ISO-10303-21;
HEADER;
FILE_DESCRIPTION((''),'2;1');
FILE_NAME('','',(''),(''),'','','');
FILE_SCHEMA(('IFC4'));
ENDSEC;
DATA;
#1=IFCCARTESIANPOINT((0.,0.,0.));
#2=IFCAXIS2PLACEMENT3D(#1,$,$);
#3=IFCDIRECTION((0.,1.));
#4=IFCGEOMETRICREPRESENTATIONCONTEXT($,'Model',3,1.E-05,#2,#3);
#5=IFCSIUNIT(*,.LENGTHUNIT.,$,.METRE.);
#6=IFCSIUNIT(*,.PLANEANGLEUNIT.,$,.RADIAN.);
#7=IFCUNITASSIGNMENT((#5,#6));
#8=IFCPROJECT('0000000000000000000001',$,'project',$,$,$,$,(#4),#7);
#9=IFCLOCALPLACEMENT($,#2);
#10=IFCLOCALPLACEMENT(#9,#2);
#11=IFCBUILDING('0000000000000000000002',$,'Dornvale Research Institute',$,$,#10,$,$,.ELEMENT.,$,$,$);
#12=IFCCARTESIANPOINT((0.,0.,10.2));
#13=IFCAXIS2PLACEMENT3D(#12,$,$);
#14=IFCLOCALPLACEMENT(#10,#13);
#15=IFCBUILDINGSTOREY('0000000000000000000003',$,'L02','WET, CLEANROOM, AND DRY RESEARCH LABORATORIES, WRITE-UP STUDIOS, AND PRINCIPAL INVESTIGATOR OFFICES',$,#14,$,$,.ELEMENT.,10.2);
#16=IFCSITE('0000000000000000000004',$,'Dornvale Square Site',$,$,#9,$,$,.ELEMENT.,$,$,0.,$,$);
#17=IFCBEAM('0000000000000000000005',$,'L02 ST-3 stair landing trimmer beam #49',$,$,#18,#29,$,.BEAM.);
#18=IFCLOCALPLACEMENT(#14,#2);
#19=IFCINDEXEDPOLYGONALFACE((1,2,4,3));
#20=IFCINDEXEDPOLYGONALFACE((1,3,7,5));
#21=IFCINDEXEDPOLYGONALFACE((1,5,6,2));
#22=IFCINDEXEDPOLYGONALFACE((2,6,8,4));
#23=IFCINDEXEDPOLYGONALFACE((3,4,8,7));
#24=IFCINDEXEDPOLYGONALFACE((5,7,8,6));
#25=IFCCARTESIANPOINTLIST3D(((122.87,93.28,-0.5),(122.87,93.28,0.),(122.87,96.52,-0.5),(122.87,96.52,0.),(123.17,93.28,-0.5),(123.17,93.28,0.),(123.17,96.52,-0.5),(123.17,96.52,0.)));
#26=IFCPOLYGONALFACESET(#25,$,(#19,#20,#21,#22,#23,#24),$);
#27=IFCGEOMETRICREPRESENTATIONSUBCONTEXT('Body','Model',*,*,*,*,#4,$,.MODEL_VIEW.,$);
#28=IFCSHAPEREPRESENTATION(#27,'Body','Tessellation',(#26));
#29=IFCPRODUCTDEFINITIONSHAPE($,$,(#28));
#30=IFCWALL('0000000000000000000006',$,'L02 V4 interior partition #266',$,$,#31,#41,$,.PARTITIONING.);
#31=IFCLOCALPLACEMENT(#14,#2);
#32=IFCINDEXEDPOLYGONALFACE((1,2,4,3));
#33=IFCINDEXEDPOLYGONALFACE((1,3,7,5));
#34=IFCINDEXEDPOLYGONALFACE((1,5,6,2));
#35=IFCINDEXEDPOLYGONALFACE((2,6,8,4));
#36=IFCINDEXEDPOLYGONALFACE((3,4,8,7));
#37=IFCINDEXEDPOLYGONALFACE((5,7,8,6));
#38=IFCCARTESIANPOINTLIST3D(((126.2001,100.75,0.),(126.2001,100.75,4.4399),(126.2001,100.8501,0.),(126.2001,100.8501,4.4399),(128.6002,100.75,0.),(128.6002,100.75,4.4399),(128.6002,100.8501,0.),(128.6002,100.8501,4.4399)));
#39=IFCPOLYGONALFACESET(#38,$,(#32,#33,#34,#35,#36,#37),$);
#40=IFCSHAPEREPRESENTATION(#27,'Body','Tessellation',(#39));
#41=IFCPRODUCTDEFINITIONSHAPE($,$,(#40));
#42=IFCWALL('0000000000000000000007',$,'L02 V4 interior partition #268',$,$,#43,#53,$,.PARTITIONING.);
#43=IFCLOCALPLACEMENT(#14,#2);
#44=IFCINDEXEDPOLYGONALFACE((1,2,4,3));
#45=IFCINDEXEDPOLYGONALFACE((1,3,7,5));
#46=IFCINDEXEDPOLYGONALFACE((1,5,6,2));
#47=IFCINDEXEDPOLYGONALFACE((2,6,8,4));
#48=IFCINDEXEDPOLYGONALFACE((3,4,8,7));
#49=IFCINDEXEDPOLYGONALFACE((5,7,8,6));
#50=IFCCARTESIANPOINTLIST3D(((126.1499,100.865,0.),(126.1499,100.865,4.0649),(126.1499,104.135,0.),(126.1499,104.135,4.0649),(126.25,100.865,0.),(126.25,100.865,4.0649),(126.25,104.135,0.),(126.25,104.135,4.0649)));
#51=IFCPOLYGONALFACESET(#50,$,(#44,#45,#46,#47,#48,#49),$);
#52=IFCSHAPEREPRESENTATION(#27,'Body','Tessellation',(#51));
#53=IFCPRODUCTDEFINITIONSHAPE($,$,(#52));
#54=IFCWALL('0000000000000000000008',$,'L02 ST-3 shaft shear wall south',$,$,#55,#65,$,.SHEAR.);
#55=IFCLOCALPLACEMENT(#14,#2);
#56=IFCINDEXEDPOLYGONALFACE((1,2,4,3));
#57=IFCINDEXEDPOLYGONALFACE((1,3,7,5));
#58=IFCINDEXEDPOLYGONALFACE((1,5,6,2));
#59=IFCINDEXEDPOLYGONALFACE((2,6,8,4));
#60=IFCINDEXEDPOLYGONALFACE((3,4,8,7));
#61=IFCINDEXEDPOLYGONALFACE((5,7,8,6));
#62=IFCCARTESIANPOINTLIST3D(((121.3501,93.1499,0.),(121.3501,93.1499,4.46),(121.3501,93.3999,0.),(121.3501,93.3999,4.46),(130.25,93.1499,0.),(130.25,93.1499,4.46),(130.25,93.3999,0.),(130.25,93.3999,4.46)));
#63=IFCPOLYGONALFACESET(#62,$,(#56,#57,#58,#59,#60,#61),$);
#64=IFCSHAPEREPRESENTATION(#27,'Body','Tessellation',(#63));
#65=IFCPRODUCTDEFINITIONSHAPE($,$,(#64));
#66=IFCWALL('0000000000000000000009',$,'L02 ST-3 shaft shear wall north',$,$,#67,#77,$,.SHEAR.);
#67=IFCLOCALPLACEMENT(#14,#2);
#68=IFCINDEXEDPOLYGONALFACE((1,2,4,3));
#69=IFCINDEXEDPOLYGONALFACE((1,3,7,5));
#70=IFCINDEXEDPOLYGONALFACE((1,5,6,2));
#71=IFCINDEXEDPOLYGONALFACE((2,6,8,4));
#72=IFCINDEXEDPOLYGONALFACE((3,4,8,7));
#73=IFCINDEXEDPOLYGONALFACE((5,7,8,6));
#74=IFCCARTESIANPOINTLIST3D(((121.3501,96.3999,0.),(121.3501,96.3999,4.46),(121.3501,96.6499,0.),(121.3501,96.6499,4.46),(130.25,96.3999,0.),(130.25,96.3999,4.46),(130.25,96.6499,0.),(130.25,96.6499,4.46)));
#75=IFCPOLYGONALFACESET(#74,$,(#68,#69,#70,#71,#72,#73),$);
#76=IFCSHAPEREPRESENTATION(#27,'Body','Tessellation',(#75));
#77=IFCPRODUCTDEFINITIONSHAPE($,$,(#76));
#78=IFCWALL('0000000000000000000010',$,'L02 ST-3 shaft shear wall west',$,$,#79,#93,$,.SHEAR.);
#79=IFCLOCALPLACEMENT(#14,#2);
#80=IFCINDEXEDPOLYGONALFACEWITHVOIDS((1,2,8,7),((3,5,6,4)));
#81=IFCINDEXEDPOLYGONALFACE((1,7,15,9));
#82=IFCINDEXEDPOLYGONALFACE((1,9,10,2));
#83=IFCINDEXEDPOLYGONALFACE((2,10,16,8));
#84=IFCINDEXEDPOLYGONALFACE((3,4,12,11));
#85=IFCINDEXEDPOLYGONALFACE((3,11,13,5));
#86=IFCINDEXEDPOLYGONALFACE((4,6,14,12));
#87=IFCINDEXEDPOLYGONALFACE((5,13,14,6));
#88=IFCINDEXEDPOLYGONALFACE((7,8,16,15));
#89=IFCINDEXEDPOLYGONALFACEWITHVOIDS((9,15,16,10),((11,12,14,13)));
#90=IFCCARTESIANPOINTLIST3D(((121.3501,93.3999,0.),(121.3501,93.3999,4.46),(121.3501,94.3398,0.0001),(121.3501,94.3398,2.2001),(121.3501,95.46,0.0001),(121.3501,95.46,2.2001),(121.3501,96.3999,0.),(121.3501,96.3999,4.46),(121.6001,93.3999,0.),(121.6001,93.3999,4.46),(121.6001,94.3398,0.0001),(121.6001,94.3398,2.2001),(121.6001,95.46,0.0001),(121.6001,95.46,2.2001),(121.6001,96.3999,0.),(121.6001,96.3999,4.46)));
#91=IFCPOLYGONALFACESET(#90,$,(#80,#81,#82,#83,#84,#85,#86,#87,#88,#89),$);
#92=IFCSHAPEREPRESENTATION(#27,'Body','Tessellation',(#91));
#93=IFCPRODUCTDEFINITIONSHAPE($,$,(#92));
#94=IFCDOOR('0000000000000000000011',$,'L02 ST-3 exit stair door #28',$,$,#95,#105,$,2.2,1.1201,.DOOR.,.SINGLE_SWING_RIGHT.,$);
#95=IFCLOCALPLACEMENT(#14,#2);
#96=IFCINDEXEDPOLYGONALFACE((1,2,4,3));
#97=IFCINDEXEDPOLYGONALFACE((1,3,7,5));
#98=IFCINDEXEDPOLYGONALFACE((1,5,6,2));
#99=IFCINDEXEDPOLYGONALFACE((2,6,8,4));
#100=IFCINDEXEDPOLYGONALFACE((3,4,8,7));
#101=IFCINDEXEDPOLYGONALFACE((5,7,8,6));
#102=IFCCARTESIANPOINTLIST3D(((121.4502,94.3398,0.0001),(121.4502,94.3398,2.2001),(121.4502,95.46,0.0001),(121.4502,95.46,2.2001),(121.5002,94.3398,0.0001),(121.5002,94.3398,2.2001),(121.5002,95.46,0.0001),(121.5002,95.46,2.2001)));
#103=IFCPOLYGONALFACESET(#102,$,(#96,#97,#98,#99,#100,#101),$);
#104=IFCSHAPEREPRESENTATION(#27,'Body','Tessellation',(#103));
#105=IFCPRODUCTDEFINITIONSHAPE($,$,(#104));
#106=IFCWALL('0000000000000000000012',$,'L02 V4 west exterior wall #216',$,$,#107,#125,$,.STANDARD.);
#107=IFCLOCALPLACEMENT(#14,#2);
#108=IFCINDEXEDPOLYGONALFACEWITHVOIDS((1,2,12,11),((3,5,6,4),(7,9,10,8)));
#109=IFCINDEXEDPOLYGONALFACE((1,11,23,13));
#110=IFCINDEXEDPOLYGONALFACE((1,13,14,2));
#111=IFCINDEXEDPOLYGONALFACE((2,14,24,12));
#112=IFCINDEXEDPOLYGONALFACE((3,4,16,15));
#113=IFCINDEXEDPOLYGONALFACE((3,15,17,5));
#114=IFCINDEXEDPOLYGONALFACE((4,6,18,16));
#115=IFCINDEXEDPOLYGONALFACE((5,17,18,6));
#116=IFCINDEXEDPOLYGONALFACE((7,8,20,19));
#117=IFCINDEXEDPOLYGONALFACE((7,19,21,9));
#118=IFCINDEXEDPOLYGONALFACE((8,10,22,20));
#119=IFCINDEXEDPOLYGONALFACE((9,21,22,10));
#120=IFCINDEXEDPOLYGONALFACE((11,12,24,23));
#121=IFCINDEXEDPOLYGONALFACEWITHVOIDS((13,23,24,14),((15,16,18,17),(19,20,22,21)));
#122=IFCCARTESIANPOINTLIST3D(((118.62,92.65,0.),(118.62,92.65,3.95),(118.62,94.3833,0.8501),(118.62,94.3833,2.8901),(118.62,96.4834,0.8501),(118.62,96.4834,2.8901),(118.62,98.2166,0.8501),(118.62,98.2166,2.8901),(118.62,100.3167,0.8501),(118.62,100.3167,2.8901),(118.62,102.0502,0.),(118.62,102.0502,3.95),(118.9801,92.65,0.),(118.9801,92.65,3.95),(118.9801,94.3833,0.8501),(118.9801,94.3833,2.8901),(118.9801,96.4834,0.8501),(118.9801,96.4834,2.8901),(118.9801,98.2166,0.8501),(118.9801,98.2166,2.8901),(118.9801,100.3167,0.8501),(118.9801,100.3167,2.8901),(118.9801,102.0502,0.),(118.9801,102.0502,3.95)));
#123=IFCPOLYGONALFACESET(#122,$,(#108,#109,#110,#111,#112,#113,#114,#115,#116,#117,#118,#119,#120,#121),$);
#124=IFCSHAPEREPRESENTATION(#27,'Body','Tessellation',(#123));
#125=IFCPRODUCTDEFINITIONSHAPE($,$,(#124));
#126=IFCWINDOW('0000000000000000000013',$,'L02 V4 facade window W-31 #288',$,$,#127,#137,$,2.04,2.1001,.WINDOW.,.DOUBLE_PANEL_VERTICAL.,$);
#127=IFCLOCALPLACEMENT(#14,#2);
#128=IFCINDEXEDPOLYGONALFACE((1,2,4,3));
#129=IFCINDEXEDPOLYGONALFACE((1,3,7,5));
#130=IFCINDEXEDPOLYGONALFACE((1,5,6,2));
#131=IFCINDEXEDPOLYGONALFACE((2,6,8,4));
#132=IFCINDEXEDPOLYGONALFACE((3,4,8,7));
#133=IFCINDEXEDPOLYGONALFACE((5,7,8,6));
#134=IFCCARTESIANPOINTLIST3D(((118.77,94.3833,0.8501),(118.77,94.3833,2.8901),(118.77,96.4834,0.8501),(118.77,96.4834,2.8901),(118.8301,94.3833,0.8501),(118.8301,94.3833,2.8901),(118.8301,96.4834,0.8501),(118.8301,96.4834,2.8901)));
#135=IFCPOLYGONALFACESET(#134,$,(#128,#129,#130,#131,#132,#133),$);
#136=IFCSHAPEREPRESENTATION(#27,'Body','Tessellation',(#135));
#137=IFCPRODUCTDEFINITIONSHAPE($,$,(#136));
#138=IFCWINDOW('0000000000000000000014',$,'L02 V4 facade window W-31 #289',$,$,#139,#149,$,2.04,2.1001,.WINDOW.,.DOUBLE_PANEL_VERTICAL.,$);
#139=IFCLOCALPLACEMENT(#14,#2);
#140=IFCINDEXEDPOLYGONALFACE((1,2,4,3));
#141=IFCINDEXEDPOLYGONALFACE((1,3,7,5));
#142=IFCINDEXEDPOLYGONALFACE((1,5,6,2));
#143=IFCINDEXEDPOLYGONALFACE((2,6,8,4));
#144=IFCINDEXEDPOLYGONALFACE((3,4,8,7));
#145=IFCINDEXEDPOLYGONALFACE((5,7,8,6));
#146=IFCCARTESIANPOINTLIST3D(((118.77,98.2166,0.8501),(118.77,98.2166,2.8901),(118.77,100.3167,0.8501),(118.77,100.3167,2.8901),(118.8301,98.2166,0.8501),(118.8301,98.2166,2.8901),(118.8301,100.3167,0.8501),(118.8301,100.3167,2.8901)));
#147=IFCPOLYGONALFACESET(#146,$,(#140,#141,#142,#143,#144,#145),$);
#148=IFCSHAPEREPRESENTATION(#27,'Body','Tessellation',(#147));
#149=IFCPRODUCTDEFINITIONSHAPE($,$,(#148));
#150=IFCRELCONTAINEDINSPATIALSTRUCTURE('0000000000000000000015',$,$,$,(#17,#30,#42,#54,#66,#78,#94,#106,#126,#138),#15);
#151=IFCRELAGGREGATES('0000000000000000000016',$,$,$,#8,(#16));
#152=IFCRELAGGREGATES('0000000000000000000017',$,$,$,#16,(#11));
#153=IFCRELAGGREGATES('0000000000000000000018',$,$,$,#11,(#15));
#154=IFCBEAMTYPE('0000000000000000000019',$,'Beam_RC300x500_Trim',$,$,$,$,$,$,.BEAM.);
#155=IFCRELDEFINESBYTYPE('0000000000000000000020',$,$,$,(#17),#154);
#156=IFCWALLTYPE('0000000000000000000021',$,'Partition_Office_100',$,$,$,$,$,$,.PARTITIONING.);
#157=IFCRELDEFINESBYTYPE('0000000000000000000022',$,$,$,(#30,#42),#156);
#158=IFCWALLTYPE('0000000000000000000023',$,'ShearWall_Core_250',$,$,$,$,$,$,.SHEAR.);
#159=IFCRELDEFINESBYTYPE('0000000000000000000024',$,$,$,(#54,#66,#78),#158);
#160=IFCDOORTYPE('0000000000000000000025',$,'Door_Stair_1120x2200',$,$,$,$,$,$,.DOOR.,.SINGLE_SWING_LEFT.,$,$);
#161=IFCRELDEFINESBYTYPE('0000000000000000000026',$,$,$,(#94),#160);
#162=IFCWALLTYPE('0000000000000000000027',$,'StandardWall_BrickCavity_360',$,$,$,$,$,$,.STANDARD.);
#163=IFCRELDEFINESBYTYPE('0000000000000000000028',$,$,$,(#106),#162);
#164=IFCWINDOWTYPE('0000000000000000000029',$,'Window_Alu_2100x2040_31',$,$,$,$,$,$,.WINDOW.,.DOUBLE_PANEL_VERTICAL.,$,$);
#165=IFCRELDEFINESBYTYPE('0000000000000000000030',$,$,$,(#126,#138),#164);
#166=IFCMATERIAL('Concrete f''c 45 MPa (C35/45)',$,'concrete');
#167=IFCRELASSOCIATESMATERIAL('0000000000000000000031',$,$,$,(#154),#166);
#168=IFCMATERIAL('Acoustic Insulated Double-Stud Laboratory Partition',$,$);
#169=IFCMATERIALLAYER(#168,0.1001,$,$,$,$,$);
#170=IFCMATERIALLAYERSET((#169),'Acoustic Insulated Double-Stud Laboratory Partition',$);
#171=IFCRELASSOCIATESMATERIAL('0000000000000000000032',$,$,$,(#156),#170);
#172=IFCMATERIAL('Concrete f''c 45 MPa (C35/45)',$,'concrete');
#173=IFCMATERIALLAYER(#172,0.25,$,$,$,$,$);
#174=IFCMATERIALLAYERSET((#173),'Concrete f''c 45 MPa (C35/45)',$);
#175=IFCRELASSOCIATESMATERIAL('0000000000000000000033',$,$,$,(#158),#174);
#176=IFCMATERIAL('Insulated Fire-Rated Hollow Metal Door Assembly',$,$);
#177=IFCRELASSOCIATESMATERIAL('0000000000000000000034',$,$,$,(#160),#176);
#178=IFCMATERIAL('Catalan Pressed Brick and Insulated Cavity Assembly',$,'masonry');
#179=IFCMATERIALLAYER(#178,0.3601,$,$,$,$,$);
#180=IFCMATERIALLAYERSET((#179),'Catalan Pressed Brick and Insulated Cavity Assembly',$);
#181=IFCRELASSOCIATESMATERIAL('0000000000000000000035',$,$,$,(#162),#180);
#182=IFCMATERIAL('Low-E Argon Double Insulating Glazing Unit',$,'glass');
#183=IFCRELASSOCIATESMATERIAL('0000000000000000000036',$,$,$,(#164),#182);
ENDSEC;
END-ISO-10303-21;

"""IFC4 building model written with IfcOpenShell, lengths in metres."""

from ifc_helpers import new_model, si_unit, direction, frame, frame_2d, origin, origin_2d, place, context, subcontext, project, spatial, rectangle, extrude, material, layer, layer_set, material_profile, profile_set, type_object, element, fill, save


model = new_model("IFC4")

# Units and contexts
model_context = context("Model", 3, precision=1e-05, world=origin(), true_north=direction((0.0, 1.0)))
body_context = subcontext(model_context, "Body", "Model", "MODEL_VIEW")
ifc_project = project(units=[si_unit("LENGTHUNIT", "METRE"), si_unit("PLANEANGLEUNIT", "RADIAN")], contexts=[model_context])

# Site, building, storey
site_placement = place(None, origin())
site = spatial("IfcSite", under=ifc_project, at=site_placement, Name="Dornvale Square Site", CompositionType="ELEMENT", RefElevation=0.0)
building_placement = place(site_placement, origin())
building = spatial("IfcBuilding", under=site, at=building_placement, Name="Dornvale Research Institute", CompositionType="ELEMENT")
storey_placement = place(building_placement, frame((0.0, 0.0, 10.2)))
storey = spatial("IfcBuildingStorey", under=building, at=storey_placement, Name="L02", Description="WET, CLEANROOM, AND DRY RESEARCH LABORATORIES, WRITE-UP STUDIOS, AND PRINCIPAL INVESTIGATOR OFFICES", CompositionType="ELEMENT", Elevation=10.2)

# Beam
ifc_material_1 = material(Name="Concrete f'c 45 MPa (C35/45)", Category="concrete")
ifc_material_profile = material_profile(ifc_material_1, rectangle(XDim=0.3, YDim=0.5, at=origin_2d()), Name="RC 300x500")
ifc_profile_set = profile_set([ifc_material_profile], Name="Concrete f'c 45 MPa (C35/45)")
beam_type = type_object("IfcBeamType", Name="Beam_RC300x500_Trim", PredefinedType="BEAM", material=ifc_profile_set)
beam_placement = place(storey_placement, frame((123.02, 93.28, -0.25), z_axis=(0.0, 1.0, 0.0), x_axis=(-1.0, 0.0, 0.0)))
element("IfcBeam", 1, at=beam_placement, inside=storey, type_object=beam_type, Name="L02 ST-3 stair landing trimmer beam #49", PredefinedType="BEAM", context=body_context, shape_type="SweptSolid", body=[
    extrude(rectangle(XDim=0.3, YDim=0.5, at=origin_2d()), origin(), (0.0, 0.0, 1.0), 3.24),
])

# Walls
ifc_material_2 = material(Name="Acoustic Insulated Double-Stud Laboratory Partition")
ifc_layer_1 = layer(ifc_material_2, 0.1001)
ifc_layer_set_1 = layer_set([ifc_layer_1], Name="Acoustic Insulated Double-Stud Laboratory Partition")
wall_type_1 = type_object("IfcWallType", Name="Partition_Office_100", PredefinedType="PARTITIONING", material=ifc_layer_set_1)
wall_1_placement = place(storey_placement, frame((126.2, 100.8, 0.0), z_axis=(0.0, 0.0, 1.0), x_axis=(1.0, 0.0, 0.0)))
element("IfcWall", 2, at=wall_1_placement, inside=storey, type_object=wall_type_1, Name="L02 V4 interior partition #266", PredefinedType="PARTITIONING", context=body_context, shape_type="SweptSolid", body=[
    extrude(rectangle(XDim=2.4001, YDim=0.1001, at=frame_2d((1.2002, 0.0))), origin(), (0.0, 0.0, 1.0), 4.4399),
])
wall_2_placement = place(storey_placement, frame((126.2, 100.865, 0.0), z_axis=(0.0, 0.0, 1.0), x_axis=(0.0, 1.0, 0.0)))
element("IfcWall", 3, at=wall_2_placement, inside=storey, type_object=wall_type_1, Name="L02 V4 interior partition #268", PredefinedType="PARTITIONING", context=body_context, shape_type="SweptSolid", body=[
    extrude(rectangle(XDim=3.27, YDim=0.1001, at=frame_2d((1.635, 0.0))), origin(), (0.0, 0.0, 1.0), 4.0649),
])
ifc_material_3 = material(Name="Concrete f'c 45 MPa (C35/45)", Category="concrete")
ifc_layer_2 = layer(ifc_material_3, 0.25)
ifc_layer_set_2 = layer_set([ifc_layer_2], Name="Concrete f'c 45 MPa (C35/45)")
wall_type_2 = type_object("IfcWallType", Name="ShearWall_Core_250", PredefinedType="SHEAR", material=ifc_layer_set_2)
for number, where, z_axis, x_axis, name in (
    (4, (121.3501, 93.2749, 0.0), (0.0, 0.0, 1.0), (1.0, 0.0, 0.0), "L02 ST-3 shaft shear wall south"),
    (5, (121.3501, 96.5249, 0.0), (0.0, 0.0, 1.0), (1.0, 0.0, 0.0), "L02 ST-3 shaft shear wall north"),
):
    element("IfcWall", number, at=place(storey_placement, frame(where, z_axis=z_axis, x_axis=x_axis)), inside=storey, type_object=wall_type_2, Name=name, PredefinedType="SHEAR", context=body_context, shape_type="SweptSolid", body=[
        extrude(rectangle(XDim=8.8999, YDim=0.25, at=frame_2d((4.45, 0.0))), origin(), (0.0, 0.0, 1.0), 4.46),
    ])

# Wall, opening, door
wall_3_placement = place(storey_placement, frame((121.4751, 93.3999, 0.0), z_axis=(0.0, 0.0, 1.0), x_axis=(0.0, 1.0, 0.0)))
wall_3 = element("IfcWall", 6, at=wall_3_placement, inside=storey, type_object=wall_type_2, Name="L02 ST-3 shaft shear wall west", PredefinedType="SHEAR", context=body_context, shape_type="SweptSolid", body=[
    extrude(rectangle(XDim=3.0, YDim=0.25, at=frame_2d((1.5, 0.0))), origin(), (0.0, 0.0, 1.0), 4.46),
])
opening_1_placement = place(wall_3_placement, frame((0.9399, 0.0, 0.0)))
opening_1 = element("IfcOpeningElement", 7, at=opening_1_placement, cuts=wall_3, PredefinedType="OPENING", context=body_context, shape_type="SweptSolid", body=[
    extrude(rectangle(XDim=1.1201, YDim=2.2, at=frame_2d((0.5601, 1.1001))), frame((0.0, 0.1399, 0.0), z_axis=(0.0, -1.0, 0.0), x_axis=(1.0, 0.0, 0.0)), (0.0, 0.0, 1.0), 0.28),
])
ifc_material_4 = material(Name="Insulated Fire-Rated Hollow Metal Door Assembly")
door_type = type_object("IfcDoorType", Name="Door_Stair_1120x2200", OperationType="SINGLE_SWING_LEFT", PredefinedType="DOOR", material=ifc_material_4)
door_placement = place(opening_1_placement, origin())
door = element("IfcDoor", 8, at=door_placement, inside=storey, type_object=door_type, Name="L02 ST-3 exit stair door #28", OperationType="SINGLE_SWING_RIGHT", OverallHeight=2.2, OverallWidth=1.1201, PredefinedType="DOOR", context=body_context, shape_type="SweptSolid", body=[
    extrude(rectangle(XDim=1.1201, YDim=2.2, at=frame_2d((0.5601, 1.1001))), frame((0.0, 0.0249, 0.0), z_axis=(0.0, -1.0, 0.0), x_axis=(1.0, 0.0, 0.0)), (0.0, 0.0, 1.0), 0.05),
])
fill(opening_1, door)

# Wall, openings, windows
ifc_material_5 = material(Name="Catalan Pressed Brick and Insulated Cavity Assembly", Category="masonry")
ifc_layer_3 = layer(ifc_material_5, 0.3601)
ifc_layer_set_3 = layer_set([ifc_layer_3], Name="Catalan Pressed Brick and Insulated Cavity Assembly")
wall_type_3 = type_object("IfcWallType", Name="StandardWall_BrickCavity_360", PredefinedType="STANDARD", material=ifc_layer_set_3)
wall_4_placement = place(storey_placement, frame((118.8, 92.6499, 0.0), z_axis=(0.0, 0.0, 1.0), x_axis=(0.0, 1.0, 0.0)))
wall_4 = element("IfcWall", 9, at=wall_4_placement, inside=storey, type_object=wall_type_3, Name="L02 V4 west exterior wall #216", PredefinedType="STANDARD", context=body_context, shape_type="SweptSolid", body=[
    extrude(rectangle(XDim=9.4001, YDim=0.3601, at=frame_2d((4.7002, 0.0))), origin(), (0.0, 0.0, 1.0), 3.95),
])
opening_2_placement = place(wall_4_placement, frame((1.7334, 0.0, 0.8501)))
opening_2 = element("IfcOpeningElement", 10, at=opening_2_placement, cuts=wall_4, PredefinedType="OPENING", context=body_context, shape_type="SweptSolid", body=[
    extrude(rectangle(XDim=2.1001, YDim=2.04, at=frame_2d((1.05, 1.02))), frame((0.0, 0.1951, 0.0), z_axis=(0.0, -1.0, 0.0), x_axis=(1.0, 0.0, 0.0)), (0.0, 0.0, 1.0), 0.3901),
])
opening_3_placement = place(wall_4_placement, frame((5.5667, 0.0, 0.8501)))
opening_3 = element("IfcOpeningElement", 11, at=opening_3_placement, cuts=wall_4, PredefinedType="OPENING", context=body_context, shape_type="SweptSolid", body=[
    extrude(rectangle(XDim=2.1001, YDim=2.04, at=frame_2d((1.05, 1.02))), frame((0.0, 0.1951, 0.0), z_axis=(0.0, -1.0, 0.0), x_axis=(1.0, 0.0, 0.0)), (0.0, 0.0, 1.0), 0.3901),
])
ifc_material_6 = material(Name="Low-E Argon Double Insulating Glazing Unit", Category="glass")
window_type = type_object("IfcWindowType", Name="Window_Alu_2100x2040_31", PartitioningType="DOUBLE_PANEL_VERTICAL", PredefinedType="WINDOW", material=ifc_material_6)
window_1_placement = place(opening_2_placement, origin())
window_1 = element("IfcWindow", 12, at=window_1_placement, inside=storey, type_object=window_type, Name="L02 V4 facade window W-31 #288", OverallHeight=2.04, OverallWidth=2.1001, PartitioningType="DOUBLE_PANEL_VERTICAL", PredefinedType="WINDOW", context=body_context, shape_type="SweptSolid", body=[
    extrude(rectangle(XDim=2.1001, YDim=2.04, at=frame_2d((1.05, 1.02))), frame((0.0, 0.03, 0.0), z_axis=(0.0, -1.0, 0.0), x_axis=(1.0, 0.0, 0.0)), (0.0, 0.0, 1.0), 0.0601),
])
fill(opening_2, window_1)
window_2_placement = place(opening_3_placement, origin())
window_2 = element("IfcWindow", 13, at=window_2_placement, inside=storey, type_object=window_type, Name="L02 V4 facade window W-31 #289", OverallHeight=2.04, OverallWidth=2.1001, PartitioningType="DOUBLE_PANEL_VERTICAL", PredefinedType="WINDOW", context=body_context, shape_type="SweptSolid", body=[
    extrude(rectangle(XDim=2.1001, YDim=2.04, at=frame_2d((1.05, 1.02))), frame((0.0, 0.03, 0.0), z_axis=(0.0, -1.0, 0.0), x_axis=(1.0, 0.0, 0.0)), (0.0, 0.0, 1.0), 0.0601),
])
fill(opening_3, window_2)

save(model, "model.ifc")
